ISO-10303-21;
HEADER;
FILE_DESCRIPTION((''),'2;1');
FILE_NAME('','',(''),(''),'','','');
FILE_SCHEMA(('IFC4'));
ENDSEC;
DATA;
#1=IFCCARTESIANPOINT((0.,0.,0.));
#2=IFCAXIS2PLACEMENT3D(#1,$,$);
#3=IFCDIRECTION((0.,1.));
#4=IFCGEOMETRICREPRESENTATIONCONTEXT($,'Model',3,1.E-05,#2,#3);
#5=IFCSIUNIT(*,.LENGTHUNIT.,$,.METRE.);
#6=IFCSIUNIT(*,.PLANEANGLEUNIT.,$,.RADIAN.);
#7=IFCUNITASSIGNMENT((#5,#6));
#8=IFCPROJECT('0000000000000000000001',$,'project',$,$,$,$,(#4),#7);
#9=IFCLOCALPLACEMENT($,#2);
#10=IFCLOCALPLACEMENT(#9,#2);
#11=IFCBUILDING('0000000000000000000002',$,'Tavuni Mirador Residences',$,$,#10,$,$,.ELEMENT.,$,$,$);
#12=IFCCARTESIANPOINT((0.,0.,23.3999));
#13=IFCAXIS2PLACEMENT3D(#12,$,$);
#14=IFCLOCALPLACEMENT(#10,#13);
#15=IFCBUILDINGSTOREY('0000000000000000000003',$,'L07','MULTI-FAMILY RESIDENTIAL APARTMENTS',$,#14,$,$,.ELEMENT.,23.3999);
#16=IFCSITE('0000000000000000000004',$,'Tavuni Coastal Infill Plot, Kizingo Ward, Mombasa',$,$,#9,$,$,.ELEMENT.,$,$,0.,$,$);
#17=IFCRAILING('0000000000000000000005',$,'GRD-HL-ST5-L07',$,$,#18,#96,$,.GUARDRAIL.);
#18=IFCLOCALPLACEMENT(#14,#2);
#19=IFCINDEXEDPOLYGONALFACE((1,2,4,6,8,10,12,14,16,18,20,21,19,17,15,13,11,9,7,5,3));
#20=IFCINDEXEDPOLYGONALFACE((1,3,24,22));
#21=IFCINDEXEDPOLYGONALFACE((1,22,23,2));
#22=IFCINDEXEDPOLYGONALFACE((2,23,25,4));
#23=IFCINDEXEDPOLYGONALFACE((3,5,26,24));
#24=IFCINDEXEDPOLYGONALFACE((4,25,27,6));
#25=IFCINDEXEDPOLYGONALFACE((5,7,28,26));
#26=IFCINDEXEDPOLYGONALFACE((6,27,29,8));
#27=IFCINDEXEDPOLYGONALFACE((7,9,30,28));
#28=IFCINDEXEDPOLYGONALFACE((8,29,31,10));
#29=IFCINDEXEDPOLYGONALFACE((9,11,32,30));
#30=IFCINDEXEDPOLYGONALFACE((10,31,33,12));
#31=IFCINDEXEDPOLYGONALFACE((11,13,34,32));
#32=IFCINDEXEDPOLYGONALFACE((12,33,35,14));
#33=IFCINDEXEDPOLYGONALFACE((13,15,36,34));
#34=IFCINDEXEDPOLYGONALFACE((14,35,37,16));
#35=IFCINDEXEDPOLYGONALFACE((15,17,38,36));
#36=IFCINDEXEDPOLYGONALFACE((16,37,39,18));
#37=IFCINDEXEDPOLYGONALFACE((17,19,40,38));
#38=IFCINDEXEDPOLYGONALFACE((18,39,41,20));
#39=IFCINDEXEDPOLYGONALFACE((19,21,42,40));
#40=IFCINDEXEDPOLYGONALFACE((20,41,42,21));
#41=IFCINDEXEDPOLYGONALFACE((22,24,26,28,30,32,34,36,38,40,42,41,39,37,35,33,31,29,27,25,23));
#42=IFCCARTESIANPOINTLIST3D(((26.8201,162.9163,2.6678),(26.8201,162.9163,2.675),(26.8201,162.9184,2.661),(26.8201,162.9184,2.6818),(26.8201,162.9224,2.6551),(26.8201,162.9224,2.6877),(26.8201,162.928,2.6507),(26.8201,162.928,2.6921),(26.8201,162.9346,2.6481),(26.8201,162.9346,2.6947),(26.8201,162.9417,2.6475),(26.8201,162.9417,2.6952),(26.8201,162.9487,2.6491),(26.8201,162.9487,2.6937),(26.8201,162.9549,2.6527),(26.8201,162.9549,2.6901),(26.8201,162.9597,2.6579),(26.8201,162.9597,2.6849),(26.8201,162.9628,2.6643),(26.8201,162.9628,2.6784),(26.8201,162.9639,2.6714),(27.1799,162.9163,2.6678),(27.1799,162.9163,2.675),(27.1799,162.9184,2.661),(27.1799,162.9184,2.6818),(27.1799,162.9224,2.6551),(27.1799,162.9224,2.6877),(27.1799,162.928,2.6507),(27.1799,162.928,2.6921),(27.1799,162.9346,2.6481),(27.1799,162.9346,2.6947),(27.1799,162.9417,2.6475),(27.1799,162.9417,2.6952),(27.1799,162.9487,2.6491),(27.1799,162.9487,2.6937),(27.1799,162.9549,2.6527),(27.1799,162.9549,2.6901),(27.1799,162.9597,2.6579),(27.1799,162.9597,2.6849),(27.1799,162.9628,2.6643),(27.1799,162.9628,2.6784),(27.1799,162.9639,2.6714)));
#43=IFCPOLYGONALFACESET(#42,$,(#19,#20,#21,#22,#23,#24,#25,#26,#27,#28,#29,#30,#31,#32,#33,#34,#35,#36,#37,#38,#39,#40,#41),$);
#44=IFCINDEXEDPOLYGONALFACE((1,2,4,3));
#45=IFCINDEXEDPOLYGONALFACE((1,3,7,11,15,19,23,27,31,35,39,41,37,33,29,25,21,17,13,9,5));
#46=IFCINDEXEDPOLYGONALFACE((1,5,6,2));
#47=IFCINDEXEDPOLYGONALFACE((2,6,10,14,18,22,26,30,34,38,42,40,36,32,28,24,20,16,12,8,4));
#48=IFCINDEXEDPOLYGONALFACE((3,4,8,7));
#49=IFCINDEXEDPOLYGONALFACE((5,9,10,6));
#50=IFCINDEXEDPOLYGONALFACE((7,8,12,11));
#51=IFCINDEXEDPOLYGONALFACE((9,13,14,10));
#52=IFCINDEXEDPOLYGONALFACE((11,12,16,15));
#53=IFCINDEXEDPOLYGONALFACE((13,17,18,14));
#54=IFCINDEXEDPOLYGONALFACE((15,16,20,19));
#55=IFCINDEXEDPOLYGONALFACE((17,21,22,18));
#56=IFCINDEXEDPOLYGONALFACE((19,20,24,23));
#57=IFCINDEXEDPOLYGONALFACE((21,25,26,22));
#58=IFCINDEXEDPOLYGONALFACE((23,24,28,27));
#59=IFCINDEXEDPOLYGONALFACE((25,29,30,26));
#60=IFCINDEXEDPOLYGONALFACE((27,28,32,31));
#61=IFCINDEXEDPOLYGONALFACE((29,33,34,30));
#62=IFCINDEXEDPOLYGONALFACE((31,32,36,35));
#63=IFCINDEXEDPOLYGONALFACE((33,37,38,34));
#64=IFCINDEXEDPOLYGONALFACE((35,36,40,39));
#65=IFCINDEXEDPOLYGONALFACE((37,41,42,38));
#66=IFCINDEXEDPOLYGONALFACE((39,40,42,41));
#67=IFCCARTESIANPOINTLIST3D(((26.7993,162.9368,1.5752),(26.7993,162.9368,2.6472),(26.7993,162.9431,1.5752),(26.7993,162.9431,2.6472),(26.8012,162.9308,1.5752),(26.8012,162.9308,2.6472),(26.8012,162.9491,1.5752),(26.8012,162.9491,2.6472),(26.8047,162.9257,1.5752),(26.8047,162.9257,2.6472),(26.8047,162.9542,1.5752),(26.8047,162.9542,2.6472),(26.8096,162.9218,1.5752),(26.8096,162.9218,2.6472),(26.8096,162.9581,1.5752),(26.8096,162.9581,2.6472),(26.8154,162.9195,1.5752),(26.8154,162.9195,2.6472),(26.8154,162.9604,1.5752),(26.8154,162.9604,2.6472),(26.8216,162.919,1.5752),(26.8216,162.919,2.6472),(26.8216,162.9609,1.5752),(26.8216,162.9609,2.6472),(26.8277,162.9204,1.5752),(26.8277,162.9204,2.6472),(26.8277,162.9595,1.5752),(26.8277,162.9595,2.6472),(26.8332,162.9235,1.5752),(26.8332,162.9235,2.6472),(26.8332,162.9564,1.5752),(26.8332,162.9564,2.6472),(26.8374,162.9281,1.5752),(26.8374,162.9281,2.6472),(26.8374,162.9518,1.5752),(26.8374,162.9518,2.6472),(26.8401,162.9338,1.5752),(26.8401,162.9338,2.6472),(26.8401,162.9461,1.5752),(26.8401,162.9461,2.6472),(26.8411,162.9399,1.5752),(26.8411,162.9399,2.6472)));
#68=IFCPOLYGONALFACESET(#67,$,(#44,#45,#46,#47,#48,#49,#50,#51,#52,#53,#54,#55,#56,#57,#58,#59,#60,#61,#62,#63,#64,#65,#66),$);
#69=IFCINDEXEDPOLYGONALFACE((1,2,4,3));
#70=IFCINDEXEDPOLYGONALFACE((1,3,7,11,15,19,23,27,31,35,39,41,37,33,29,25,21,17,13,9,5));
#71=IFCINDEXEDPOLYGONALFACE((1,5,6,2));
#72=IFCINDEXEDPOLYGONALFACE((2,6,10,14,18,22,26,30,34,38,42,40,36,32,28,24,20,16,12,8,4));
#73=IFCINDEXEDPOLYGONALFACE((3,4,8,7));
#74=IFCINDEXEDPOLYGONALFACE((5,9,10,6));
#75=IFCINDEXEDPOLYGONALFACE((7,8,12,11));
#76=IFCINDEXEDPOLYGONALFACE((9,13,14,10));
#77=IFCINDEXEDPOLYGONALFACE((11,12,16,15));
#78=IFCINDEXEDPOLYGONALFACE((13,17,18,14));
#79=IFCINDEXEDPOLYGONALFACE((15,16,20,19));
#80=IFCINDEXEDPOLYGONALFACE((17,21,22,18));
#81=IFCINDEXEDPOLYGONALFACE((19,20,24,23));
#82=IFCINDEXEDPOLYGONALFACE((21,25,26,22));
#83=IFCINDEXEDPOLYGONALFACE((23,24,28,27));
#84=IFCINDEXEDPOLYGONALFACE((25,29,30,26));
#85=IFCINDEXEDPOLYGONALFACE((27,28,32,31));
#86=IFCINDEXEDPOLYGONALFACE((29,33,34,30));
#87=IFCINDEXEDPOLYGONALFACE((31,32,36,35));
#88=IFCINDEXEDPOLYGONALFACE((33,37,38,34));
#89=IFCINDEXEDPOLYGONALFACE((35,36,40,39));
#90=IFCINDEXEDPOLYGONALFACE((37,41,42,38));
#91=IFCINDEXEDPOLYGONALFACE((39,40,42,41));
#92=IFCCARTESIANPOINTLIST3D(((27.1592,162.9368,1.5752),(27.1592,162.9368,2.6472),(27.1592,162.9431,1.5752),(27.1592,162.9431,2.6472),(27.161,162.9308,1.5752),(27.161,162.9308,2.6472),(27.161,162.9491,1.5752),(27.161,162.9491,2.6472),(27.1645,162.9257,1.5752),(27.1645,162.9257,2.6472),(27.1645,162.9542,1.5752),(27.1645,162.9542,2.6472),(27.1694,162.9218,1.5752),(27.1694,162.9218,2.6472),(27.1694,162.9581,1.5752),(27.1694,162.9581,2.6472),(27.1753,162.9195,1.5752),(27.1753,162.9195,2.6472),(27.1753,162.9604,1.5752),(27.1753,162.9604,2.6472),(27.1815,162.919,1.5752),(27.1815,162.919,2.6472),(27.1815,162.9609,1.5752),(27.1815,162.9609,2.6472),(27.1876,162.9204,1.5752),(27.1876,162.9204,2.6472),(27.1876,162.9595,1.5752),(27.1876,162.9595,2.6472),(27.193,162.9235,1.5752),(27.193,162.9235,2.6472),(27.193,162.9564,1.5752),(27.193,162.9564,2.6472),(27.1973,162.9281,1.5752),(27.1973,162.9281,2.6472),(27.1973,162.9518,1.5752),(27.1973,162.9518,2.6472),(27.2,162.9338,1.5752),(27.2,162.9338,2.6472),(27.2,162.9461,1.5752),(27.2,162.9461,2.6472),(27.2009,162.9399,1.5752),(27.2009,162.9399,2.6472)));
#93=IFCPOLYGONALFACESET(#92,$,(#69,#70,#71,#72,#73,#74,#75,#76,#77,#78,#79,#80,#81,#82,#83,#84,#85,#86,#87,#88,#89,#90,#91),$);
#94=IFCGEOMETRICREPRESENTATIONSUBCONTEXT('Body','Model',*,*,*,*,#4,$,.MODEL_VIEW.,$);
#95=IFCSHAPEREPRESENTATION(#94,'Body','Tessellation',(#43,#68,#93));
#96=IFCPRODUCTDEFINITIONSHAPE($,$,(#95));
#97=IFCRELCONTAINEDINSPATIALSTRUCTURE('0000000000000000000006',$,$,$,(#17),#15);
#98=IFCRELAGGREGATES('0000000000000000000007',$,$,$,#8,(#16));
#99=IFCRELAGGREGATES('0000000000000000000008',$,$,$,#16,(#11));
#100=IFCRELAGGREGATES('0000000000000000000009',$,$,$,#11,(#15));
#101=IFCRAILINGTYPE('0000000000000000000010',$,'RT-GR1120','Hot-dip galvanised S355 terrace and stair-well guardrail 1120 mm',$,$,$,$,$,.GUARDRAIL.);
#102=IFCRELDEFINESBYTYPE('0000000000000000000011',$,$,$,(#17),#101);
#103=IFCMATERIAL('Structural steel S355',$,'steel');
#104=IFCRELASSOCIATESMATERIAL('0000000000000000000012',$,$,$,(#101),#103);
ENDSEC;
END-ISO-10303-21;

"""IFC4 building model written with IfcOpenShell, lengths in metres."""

from ifc_helpers import new_model, si_unit, direction, frame, origin, origin_2d, place, context, subcontext, project, spatial, circle, extrude, material, type_object, element, save


model = new_model("IFC4")

# Units and contexts
model_context = context("Model", 3, precision=1e-05, world=origin(), true_north=direction((0.0, 1.0)))
body_context = subcontext(model_context, "Body", "Model", "MODEL_VIEW")
ifc_project = project(units=[si_unit("LENGTHUNIT", "METRE"), si_unit("PLANEANGLEUNIT", "RADIAN")], contexts=[model_context])

# Site, building, storey
site_placement = place(None, origin())
site = spatial("IfcSite", under=ifc_project, at=site_placement, Name="Tavuni Coastal Infill Plot, Kizingo Ward, Mombasa", CompositionType="ELEMENT", RefElevation=0.0)
building_placement = place(site_placement, origin())
building = spatial("IfcBuilding", under=site, at=building_placement, Name="Tavuni Mirador Residences", CompositionType="ELEMENT")
storey_placement = place(building_placement, frame((0.0, 0.0, 23.3999)))
storey = spatial("IfcBuildingStorey", under=building, at=storey_placement, Name="L07", Description="MULTI-FAMILY RESIDENTIAL APARTMENTS", CompositionType="ELEMENT", Elevation=23.3999)

# Shared definitions
ifc_material_1 = material(Name="Structural steel S355", Category="steel")

# Railing
railing_type_1 = type_object("IfcRailingType", Name="RT-GR1120", Description="Hot-dip galvanised S355 terrace and stair-well guardrail 1120 mm", PredefinedType="GUARDRAIL", material=ifc_material_1)
railing_1_placement = place(storey_placement, frame((26.8201, 162.9399, 1.5752)))
element("IfcRailing", 1, at=railing_1_placement, inside=storey, type_object=railing_type_1, Name="GRD-HL-ST5-L07", PredefinedType="GUARDRAIL", context=body_context, shape_type="SweptSolid", body=[
    extrude(circle(Radius=0.0239, at=origin_2d()), frame((0.0, 0.0, 1.0962), z_axis=(1.0, 0.0, 0.0), x_axis=(0.0, 1.0, 0.0)), (0.0, 0.0, 1.0), 0.3599),
    extrude(circle(Radius=0.021, at=origin_2d()), origin(), (0.0, 0.0, 1.0), 1.072),
    extrude(circle(Radius=0.021, at=origin_2d()), frame((0.3599, 0.0, 0.0)), (0.0, 0.0, 1.0), 1.072),
])

save(model, "model.ifc")
